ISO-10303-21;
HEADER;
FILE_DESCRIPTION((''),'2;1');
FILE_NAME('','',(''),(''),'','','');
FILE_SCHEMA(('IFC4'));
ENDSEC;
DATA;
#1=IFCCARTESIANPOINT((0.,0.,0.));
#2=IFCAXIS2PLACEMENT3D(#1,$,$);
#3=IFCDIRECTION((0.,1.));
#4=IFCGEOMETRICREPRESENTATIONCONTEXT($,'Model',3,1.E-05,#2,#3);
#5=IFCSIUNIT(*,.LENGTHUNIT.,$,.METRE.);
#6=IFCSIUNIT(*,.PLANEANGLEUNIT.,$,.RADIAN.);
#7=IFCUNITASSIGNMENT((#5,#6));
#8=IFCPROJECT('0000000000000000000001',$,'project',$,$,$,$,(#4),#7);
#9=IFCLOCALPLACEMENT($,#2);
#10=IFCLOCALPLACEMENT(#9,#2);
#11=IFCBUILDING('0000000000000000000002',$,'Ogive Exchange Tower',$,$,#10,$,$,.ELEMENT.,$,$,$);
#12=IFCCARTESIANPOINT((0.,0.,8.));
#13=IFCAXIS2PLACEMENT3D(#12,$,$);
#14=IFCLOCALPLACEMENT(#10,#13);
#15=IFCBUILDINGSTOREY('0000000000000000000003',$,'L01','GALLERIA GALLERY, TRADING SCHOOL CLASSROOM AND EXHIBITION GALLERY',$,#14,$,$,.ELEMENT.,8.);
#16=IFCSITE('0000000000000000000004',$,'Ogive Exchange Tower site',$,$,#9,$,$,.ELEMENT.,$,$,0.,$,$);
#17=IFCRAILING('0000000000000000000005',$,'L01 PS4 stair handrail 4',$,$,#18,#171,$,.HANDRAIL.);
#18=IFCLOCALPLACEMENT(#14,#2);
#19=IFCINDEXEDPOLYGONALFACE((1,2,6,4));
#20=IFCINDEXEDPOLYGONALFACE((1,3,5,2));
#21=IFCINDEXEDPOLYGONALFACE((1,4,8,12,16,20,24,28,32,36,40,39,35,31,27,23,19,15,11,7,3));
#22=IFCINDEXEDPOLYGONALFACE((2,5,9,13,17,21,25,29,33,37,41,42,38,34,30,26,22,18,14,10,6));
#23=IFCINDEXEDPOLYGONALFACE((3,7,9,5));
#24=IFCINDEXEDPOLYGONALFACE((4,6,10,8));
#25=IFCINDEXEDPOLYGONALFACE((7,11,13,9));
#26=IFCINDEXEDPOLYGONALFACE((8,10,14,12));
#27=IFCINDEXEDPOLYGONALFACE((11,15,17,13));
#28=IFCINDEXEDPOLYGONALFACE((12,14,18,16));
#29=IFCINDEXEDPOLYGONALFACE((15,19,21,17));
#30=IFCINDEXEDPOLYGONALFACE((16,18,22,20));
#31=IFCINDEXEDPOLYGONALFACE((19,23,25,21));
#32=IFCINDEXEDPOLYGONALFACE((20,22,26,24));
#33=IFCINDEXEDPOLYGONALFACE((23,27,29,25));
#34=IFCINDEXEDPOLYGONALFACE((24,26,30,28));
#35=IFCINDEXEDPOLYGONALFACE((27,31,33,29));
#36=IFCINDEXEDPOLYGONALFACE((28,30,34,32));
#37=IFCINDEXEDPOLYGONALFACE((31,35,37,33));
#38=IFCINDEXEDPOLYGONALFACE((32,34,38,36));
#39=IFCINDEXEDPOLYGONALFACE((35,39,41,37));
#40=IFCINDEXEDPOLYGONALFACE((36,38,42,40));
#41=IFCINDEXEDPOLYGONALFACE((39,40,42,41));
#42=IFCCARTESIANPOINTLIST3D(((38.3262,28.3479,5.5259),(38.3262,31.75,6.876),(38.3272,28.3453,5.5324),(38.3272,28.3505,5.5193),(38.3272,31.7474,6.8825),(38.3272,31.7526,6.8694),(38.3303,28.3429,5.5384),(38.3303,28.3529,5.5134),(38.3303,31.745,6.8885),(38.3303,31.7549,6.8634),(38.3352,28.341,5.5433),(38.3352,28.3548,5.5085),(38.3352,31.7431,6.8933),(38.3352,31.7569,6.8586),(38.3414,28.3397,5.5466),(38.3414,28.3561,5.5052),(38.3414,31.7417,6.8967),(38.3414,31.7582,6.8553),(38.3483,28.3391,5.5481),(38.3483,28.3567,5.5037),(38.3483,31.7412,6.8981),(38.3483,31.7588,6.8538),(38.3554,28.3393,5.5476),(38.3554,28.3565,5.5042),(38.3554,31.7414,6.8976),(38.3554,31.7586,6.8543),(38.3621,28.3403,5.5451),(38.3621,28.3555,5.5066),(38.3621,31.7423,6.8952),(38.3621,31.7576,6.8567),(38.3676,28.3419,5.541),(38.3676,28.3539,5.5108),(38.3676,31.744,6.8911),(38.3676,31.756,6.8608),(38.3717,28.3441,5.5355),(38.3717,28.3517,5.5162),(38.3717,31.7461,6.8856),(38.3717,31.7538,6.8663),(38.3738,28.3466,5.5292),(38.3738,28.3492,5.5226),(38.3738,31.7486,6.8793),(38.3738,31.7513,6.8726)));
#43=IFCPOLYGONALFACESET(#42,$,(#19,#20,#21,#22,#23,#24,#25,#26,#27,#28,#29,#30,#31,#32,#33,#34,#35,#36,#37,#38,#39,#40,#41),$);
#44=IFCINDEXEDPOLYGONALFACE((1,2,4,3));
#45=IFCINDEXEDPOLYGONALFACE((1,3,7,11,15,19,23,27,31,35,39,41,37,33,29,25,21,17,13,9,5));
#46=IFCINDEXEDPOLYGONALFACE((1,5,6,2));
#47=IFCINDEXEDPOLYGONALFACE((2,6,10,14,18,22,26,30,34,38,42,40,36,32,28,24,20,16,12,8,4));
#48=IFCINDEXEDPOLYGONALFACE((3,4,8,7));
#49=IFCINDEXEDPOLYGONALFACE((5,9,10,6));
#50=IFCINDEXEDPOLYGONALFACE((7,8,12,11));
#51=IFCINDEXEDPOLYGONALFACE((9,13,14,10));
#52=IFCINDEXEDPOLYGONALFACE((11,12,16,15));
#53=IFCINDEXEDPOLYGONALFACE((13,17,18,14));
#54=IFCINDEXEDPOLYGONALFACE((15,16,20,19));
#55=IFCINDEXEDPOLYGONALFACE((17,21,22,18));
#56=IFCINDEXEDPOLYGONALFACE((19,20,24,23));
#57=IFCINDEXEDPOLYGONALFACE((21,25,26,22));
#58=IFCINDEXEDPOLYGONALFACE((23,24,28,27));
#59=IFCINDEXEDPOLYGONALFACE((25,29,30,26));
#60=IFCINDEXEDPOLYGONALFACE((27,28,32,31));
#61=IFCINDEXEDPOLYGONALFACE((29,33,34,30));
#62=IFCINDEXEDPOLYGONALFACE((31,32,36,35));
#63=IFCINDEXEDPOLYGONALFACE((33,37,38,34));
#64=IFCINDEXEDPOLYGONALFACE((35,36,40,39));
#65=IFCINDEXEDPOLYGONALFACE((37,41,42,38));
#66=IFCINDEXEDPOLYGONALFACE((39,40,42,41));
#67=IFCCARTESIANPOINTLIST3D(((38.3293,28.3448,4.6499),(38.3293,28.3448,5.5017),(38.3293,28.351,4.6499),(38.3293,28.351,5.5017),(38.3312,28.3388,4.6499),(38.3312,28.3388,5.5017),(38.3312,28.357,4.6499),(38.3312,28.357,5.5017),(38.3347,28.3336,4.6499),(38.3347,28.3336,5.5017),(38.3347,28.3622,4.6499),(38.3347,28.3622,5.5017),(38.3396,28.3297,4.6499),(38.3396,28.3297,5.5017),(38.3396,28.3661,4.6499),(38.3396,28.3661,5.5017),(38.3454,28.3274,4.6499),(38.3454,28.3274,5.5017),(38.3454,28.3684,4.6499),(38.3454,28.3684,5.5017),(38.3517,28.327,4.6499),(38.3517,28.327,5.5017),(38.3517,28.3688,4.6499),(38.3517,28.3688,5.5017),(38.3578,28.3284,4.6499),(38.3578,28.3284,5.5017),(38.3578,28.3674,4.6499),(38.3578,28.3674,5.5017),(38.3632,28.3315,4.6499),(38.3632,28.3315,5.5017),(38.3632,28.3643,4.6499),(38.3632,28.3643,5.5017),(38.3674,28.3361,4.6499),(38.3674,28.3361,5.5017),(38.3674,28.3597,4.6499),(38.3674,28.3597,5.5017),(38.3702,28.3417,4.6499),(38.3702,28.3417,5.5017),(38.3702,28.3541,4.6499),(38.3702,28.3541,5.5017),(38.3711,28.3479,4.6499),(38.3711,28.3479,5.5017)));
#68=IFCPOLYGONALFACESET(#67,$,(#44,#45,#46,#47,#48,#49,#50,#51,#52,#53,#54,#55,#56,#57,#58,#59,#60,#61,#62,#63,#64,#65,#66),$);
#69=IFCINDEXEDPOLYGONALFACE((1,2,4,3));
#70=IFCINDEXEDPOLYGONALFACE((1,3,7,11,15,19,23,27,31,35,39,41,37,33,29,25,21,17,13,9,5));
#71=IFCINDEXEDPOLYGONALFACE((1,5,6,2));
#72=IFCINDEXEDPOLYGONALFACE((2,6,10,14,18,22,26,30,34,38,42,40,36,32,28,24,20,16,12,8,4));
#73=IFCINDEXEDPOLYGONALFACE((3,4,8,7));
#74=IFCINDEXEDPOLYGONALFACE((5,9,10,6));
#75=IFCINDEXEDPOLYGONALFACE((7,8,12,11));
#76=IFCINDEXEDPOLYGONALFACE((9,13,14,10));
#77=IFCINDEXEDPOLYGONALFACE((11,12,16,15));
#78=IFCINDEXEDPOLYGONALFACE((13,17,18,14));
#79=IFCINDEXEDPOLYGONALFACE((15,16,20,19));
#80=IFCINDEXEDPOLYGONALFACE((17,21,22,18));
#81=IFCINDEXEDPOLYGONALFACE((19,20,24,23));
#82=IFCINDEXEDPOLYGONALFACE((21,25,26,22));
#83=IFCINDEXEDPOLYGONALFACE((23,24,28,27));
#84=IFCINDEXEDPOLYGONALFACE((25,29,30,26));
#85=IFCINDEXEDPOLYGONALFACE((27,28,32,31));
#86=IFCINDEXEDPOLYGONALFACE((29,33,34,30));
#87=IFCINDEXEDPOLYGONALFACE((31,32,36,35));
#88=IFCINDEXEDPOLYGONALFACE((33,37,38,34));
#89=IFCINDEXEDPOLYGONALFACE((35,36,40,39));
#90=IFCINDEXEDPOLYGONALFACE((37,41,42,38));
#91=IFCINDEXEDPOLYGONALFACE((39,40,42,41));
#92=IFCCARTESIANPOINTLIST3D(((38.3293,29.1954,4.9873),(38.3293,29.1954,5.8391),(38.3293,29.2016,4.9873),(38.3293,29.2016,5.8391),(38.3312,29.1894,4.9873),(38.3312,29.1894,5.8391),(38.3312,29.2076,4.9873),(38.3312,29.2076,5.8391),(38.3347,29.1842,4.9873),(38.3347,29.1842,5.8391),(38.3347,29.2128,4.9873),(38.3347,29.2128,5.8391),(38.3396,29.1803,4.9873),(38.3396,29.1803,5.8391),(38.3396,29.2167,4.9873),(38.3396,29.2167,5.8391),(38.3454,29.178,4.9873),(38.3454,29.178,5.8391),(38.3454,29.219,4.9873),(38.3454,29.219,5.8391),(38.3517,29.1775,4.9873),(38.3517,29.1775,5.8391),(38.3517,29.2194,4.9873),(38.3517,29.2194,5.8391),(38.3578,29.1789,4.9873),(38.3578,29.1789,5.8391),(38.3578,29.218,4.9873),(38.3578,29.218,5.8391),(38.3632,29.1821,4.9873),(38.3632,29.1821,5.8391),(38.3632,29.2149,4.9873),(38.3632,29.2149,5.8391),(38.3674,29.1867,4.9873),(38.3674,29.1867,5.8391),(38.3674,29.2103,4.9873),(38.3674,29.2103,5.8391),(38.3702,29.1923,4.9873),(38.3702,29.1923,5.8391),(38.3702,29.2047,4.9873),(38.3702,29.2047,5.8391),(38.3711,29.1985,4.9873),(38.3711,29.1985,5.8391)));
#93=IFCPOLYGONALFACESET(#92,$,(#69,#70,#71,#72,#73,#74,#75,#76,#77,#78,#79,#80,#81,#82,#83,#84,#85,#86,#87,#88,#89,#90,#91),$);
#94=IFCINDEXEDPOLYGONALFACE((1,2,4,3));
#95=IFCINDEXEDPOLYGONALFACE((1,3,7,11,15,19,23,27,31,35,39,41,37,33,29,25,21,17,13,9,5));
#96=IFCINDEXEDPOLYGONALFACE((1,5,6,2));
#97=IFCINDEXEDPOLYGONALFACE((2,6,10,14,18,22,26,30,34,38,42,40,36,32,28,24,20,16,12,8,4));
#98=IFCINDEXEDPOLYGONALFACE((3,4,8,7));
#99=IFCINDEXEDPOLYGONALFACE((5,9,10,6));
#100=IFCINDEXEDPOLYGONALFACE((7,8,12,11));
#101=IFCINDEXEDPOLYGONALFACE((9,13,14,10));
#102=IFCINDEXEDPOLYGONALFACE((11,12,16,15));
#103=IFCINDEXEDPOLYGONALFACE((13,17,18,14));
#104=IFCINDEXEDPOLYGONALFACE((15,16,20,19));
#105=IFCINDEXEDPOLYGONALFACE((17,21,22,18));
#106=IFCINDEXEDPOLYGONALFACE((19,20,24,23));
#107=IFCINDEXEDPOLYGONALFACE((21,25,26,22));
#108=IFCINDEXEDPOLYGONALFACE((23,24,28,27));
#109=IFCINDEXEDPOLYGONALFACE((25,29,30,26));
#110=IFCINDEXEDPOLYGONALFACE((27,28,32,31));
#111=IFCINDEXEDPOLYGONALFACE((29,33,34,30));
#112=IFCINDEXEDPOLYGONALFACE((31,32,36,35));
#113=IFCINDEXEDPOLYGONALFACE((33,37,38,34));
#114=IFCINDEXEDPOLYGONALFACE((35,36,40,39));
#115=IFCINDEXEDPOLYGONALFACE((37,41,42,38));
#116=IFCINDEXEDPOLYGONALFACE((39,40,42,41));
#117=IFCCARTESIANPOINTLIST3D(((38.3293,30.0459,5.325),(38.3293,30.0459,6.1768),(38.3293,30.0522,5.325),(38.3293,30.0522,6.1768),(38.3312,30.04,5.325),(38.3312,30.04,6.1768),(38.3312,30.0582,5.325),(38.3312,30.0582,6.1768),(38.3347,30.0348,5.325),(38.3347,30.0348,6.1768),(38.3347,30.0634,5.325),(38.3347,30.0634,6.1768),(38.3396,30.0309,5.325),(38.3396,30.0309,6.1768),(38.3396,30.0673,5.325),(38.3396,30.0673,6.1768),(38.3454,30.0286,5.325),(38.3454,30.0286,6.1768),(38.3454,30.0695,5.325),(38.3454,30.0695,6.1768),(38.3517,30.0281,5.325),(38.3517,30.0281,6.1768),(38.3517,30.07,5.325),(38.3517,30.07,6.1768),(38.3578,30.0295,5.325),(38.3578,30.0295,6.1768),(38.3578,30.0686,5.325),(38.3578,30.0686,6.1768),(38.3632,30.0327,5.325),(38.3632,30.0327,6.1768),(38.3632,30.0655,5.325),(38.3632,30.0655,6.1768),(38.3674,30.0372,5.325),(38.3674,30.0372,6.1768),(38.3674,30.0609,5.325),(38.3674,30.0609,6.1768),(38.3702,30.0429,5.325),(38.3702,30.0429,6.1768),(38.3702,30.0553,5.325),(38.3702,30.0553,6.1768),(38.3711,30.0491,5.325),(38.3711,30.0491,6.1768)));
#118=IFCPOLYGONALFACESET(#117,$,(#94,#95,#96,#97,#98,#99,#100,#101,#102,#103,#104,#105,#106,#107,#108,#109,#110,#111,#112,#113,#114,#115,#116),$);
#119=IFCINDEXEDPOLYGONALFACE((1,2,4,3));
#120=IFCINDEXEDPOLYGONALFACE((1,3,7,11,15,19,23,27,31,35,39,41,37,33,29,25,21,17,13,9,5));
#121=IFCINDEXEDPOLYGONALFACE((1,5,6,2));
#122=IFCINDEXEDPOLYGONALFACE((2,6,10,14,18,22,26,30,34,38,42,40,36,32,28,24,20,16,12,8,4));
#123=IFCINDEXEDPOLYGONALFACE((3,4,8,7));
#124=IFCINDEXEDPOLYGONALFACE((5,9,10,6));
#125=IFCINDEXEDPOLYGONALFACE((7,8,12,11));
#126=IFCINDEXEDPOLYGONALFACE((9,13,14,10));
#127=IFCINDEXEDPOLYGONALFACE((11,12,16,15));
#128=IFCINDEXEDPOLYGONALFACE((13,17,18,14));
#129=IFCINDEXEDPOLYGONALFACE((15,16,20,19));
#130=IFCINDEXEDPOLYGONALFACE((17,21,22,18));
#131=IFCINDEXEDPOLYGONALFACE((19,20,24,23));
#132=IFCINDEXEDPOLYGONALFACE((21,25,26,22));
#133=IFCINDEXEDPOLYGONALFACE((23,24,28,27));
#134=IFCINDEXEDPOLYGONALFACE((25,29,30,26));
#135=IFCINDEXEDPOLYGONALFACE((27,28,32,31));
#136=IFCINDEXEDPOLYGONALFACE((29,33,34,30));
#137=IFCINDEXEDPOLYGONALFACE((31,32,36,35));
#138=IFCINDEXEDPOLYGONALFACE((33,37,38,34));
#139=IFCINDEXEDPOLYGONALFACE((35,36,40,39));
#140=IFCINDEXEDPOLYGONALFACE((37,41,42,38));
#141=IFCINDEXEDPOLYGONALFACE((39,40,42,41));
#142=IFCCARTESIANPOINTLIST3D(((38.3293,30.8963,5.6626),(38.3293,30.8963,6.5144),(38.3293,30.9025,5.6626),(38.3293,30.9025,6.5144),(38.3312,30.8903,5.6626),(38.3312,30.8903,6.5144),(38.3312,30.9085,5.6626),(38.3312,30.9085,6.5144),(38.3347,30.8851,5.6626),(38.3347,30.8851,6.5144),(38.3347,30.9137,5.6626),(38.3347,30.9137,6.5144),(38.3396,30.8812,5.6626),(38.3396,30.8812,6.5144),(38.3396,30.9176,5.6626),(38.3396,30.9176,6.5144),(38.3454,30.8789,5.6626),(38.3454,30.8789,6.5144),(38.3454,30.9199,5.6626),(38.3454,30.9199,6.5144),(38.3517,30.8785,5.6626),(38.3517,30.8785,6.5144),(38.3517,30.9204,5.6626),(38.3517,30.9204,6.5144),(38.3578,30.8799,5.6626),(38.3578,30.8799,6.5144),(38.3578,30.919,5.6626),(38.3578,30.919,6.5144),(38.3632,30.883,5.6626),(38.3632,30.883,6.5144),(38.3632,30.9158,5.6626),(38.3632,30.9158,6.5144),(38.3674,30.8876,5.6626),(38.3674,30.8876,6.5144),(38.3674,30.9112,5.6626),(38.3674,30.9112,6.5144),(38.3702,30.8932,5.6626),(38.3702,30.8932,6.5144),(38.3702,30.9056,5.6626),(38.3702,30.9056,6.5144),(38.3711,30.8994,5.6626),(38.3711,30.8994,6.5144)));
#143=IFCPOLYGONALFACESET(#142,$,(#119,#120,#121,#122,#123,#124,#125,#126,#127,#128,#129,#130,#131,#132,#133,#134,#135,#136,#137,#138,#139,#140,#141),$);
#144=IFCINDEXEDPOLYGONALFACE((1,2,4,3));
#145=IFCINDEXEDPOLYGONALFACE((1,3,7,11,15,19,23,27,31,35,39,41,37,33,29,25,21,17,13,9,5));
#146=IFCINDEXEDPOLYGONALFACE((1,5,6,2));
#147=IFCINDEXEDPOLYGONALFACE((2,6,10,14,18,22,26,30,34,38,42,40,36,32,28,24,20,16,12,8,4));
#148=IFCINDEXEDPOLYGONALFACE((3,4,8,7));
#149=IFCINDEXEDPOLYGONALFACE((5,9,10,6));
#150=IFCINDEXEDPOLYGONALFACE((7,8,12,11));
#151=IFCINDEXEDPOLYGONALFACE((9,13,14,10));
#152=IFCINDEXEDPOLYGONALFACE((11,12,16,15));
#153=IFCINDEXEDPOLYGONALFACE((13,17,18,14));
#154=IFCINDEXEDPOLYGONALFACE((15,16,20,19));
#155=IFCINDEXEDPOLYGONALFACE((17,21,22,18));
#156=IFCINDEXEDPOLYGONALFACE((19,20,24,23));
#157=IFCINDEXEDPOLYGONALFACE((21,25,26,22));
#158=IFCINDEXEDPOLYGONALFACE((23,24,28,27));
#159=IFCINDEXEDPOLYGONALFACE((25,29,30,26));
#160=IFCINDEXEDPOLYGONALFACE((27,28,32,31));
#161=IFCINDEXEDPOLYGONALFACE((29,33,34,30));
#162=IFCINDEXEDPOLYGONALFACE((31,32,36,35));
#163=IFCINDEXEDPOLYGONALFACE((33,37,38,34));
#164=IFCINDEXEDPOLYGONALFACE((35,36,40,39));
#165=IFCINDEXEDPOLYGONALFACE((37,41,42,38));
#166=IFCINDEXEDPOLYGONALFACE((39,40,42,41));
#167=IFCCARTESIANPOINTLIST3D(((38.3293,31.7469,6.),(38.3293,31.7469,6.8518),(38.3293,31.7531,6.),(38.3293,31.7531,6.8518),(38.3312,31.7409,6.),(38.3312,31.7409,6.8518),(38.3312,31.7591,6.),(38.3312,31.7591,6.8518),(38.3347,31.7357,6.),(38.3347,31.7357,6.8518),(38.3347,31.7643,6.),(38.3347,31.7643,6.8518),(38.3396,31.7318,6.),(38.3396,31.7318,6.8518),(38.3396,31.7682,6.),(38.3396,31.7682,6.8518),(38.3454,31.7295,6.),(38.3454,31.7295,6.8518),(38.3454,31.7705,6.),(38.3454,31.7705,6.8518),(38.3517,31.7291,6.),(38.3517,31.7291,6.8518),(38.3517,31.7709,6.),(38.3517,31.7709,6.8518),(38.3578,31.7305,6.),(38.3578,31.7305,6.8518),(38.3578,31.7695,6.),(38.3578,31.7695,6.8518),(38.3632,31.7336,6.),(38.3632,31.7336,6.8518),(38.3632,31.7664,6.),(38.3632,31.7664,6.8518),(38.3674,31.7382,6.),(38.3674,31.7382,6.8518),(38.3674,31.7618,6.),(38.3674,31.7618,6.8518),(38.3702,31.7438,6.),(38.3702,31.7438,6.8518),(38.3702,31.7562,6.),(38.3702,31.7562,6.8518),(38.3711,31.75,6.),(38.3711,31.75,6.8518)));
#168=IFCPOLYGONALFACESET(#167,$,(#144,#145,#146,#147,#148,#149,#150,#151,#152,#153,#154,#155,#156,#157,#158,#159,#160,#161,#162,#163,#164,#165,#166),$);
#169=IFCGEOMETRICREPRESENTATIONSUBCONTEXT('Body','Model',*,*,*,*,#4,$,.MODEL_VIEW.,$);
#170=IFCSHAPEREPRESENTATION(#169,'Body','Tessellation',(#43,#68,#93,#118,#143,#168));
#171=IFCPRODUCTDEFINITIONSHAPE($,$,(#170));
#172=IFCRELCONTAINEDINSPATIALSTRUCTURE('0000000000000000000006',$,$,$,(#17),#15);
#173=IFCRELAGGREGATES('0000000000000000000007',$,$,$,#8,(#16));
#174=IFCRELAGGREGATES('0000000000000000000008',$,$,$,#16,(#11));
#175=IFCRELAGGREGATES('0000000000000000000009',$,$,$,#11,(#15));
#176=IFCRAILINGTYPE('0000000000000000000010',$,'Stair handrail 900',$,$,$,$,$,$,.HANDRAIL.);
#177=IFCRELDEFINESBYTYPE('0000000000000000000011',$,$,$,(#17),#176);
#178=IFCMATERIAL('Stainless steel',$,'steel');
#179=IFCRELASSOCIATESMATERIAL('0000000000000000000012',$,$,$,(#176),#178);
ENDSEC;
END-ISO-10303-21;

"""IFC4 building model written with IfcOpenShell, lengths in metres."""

from ifc_helpers import new_model, si_unit, direction, frame, origin, origin_2d, place, context, subcontext, project, spatial, circle, extrude, material, type_object, element, save


model = new_model("IFC4")

# Units and contexts
model_context = context("Model", 3, precision=1e-05, world=origin(), true_north=direction((0.0, 1.0)))
body_context = subcontext(model_context, "Body", "Model", "MODEL_VIEW")
ifc_project = project(units=[si_unit("LENGTHUNIT", "METRE"), si_unit("PLANEANGLEUNIT", "RADIAN")], contexts=[model_context])

# Site, building, storey
site_placement = place(None, origin())
site = spatial("IfcSite", under=ifc_project, at=site_placement, Name="Ogive Exchange Tower site", CompositionType="ELEMENT", RefElevation=0.0)
building_placement = place(site_placement, origin())
building = spatial("IfcBuilding", under=site, at=building_placement, Name="Ogive Exchange Tower", CompositionType="ELEMENT")
storey_placement = place(building_placement, frame((0.0, 0.0, 8.0)))
storey = spatial("IfcBuildingStorey", under=building, at=storey_placement, Name="L01", Description="GALLERIA GALLERY, TRADING SCHOOL CLASSROOM AND EXHIBITION GALLERY", CompositionType="ELEMENT", Elevation=8.0)

# Railing
ifc_material_1 = material(Name="Stainless steel", Category="steel")
railing_type = type_object("IfcRailingType", Name="Stair handrail 900", PredefinedType="HANDRAIL", material=ifc_material_1)
railing_1_placement = place(storey_placement, frame((38.3501, 28.3479, 4.6499)))
element("IfcRailing", 1, at=railing_1_placement, inside=storey, type_object=railing_type, Name="L01 PS4 stair handrail 4", PredefinedType="HANDRAIL", context=body_context, shape_type="SweptSolid", body=[
    extrude(circle(Radius=0.0239, at=origin_2d()), frame((0.0, 0.0, 0.876), z_axis=(0.0, 0.929485, 0.368859), x_axis=(-1.0, 0.0, 0.0)), (0.0, 0.0, 1.0), 3.6602),
    extrude(circle(Radius=0.021, at=origin_2d()), origin(), (0.0, 0.0, 1.0), 0.8518),
    extrude(circle(Radius=0.021, at=origin_2d()), frame((0.0, 0.8506, 0.3374)), (0.0, 0.0, 1.0), 0.8518),
    extrude(circle(Radius=0.021, at=origin_2d()), frame((0.0, 1.7012, 0.675)), (0.0, 0.0, 1.0), 0.8518),
    extrude(circle(Radius=0.021, at=origin_2d()), frame((0.0, 2.5515, 1.0127)), (0.0, 0.0, 1.0), 0.8518),
    extrude(circle(Radius=0.021, at=origin_2d()), frame((0.0, 3.4021, 1.3501)), (0.0, 0.0, 1.0), 0.8518),
])

save(model, "model.ifc")
